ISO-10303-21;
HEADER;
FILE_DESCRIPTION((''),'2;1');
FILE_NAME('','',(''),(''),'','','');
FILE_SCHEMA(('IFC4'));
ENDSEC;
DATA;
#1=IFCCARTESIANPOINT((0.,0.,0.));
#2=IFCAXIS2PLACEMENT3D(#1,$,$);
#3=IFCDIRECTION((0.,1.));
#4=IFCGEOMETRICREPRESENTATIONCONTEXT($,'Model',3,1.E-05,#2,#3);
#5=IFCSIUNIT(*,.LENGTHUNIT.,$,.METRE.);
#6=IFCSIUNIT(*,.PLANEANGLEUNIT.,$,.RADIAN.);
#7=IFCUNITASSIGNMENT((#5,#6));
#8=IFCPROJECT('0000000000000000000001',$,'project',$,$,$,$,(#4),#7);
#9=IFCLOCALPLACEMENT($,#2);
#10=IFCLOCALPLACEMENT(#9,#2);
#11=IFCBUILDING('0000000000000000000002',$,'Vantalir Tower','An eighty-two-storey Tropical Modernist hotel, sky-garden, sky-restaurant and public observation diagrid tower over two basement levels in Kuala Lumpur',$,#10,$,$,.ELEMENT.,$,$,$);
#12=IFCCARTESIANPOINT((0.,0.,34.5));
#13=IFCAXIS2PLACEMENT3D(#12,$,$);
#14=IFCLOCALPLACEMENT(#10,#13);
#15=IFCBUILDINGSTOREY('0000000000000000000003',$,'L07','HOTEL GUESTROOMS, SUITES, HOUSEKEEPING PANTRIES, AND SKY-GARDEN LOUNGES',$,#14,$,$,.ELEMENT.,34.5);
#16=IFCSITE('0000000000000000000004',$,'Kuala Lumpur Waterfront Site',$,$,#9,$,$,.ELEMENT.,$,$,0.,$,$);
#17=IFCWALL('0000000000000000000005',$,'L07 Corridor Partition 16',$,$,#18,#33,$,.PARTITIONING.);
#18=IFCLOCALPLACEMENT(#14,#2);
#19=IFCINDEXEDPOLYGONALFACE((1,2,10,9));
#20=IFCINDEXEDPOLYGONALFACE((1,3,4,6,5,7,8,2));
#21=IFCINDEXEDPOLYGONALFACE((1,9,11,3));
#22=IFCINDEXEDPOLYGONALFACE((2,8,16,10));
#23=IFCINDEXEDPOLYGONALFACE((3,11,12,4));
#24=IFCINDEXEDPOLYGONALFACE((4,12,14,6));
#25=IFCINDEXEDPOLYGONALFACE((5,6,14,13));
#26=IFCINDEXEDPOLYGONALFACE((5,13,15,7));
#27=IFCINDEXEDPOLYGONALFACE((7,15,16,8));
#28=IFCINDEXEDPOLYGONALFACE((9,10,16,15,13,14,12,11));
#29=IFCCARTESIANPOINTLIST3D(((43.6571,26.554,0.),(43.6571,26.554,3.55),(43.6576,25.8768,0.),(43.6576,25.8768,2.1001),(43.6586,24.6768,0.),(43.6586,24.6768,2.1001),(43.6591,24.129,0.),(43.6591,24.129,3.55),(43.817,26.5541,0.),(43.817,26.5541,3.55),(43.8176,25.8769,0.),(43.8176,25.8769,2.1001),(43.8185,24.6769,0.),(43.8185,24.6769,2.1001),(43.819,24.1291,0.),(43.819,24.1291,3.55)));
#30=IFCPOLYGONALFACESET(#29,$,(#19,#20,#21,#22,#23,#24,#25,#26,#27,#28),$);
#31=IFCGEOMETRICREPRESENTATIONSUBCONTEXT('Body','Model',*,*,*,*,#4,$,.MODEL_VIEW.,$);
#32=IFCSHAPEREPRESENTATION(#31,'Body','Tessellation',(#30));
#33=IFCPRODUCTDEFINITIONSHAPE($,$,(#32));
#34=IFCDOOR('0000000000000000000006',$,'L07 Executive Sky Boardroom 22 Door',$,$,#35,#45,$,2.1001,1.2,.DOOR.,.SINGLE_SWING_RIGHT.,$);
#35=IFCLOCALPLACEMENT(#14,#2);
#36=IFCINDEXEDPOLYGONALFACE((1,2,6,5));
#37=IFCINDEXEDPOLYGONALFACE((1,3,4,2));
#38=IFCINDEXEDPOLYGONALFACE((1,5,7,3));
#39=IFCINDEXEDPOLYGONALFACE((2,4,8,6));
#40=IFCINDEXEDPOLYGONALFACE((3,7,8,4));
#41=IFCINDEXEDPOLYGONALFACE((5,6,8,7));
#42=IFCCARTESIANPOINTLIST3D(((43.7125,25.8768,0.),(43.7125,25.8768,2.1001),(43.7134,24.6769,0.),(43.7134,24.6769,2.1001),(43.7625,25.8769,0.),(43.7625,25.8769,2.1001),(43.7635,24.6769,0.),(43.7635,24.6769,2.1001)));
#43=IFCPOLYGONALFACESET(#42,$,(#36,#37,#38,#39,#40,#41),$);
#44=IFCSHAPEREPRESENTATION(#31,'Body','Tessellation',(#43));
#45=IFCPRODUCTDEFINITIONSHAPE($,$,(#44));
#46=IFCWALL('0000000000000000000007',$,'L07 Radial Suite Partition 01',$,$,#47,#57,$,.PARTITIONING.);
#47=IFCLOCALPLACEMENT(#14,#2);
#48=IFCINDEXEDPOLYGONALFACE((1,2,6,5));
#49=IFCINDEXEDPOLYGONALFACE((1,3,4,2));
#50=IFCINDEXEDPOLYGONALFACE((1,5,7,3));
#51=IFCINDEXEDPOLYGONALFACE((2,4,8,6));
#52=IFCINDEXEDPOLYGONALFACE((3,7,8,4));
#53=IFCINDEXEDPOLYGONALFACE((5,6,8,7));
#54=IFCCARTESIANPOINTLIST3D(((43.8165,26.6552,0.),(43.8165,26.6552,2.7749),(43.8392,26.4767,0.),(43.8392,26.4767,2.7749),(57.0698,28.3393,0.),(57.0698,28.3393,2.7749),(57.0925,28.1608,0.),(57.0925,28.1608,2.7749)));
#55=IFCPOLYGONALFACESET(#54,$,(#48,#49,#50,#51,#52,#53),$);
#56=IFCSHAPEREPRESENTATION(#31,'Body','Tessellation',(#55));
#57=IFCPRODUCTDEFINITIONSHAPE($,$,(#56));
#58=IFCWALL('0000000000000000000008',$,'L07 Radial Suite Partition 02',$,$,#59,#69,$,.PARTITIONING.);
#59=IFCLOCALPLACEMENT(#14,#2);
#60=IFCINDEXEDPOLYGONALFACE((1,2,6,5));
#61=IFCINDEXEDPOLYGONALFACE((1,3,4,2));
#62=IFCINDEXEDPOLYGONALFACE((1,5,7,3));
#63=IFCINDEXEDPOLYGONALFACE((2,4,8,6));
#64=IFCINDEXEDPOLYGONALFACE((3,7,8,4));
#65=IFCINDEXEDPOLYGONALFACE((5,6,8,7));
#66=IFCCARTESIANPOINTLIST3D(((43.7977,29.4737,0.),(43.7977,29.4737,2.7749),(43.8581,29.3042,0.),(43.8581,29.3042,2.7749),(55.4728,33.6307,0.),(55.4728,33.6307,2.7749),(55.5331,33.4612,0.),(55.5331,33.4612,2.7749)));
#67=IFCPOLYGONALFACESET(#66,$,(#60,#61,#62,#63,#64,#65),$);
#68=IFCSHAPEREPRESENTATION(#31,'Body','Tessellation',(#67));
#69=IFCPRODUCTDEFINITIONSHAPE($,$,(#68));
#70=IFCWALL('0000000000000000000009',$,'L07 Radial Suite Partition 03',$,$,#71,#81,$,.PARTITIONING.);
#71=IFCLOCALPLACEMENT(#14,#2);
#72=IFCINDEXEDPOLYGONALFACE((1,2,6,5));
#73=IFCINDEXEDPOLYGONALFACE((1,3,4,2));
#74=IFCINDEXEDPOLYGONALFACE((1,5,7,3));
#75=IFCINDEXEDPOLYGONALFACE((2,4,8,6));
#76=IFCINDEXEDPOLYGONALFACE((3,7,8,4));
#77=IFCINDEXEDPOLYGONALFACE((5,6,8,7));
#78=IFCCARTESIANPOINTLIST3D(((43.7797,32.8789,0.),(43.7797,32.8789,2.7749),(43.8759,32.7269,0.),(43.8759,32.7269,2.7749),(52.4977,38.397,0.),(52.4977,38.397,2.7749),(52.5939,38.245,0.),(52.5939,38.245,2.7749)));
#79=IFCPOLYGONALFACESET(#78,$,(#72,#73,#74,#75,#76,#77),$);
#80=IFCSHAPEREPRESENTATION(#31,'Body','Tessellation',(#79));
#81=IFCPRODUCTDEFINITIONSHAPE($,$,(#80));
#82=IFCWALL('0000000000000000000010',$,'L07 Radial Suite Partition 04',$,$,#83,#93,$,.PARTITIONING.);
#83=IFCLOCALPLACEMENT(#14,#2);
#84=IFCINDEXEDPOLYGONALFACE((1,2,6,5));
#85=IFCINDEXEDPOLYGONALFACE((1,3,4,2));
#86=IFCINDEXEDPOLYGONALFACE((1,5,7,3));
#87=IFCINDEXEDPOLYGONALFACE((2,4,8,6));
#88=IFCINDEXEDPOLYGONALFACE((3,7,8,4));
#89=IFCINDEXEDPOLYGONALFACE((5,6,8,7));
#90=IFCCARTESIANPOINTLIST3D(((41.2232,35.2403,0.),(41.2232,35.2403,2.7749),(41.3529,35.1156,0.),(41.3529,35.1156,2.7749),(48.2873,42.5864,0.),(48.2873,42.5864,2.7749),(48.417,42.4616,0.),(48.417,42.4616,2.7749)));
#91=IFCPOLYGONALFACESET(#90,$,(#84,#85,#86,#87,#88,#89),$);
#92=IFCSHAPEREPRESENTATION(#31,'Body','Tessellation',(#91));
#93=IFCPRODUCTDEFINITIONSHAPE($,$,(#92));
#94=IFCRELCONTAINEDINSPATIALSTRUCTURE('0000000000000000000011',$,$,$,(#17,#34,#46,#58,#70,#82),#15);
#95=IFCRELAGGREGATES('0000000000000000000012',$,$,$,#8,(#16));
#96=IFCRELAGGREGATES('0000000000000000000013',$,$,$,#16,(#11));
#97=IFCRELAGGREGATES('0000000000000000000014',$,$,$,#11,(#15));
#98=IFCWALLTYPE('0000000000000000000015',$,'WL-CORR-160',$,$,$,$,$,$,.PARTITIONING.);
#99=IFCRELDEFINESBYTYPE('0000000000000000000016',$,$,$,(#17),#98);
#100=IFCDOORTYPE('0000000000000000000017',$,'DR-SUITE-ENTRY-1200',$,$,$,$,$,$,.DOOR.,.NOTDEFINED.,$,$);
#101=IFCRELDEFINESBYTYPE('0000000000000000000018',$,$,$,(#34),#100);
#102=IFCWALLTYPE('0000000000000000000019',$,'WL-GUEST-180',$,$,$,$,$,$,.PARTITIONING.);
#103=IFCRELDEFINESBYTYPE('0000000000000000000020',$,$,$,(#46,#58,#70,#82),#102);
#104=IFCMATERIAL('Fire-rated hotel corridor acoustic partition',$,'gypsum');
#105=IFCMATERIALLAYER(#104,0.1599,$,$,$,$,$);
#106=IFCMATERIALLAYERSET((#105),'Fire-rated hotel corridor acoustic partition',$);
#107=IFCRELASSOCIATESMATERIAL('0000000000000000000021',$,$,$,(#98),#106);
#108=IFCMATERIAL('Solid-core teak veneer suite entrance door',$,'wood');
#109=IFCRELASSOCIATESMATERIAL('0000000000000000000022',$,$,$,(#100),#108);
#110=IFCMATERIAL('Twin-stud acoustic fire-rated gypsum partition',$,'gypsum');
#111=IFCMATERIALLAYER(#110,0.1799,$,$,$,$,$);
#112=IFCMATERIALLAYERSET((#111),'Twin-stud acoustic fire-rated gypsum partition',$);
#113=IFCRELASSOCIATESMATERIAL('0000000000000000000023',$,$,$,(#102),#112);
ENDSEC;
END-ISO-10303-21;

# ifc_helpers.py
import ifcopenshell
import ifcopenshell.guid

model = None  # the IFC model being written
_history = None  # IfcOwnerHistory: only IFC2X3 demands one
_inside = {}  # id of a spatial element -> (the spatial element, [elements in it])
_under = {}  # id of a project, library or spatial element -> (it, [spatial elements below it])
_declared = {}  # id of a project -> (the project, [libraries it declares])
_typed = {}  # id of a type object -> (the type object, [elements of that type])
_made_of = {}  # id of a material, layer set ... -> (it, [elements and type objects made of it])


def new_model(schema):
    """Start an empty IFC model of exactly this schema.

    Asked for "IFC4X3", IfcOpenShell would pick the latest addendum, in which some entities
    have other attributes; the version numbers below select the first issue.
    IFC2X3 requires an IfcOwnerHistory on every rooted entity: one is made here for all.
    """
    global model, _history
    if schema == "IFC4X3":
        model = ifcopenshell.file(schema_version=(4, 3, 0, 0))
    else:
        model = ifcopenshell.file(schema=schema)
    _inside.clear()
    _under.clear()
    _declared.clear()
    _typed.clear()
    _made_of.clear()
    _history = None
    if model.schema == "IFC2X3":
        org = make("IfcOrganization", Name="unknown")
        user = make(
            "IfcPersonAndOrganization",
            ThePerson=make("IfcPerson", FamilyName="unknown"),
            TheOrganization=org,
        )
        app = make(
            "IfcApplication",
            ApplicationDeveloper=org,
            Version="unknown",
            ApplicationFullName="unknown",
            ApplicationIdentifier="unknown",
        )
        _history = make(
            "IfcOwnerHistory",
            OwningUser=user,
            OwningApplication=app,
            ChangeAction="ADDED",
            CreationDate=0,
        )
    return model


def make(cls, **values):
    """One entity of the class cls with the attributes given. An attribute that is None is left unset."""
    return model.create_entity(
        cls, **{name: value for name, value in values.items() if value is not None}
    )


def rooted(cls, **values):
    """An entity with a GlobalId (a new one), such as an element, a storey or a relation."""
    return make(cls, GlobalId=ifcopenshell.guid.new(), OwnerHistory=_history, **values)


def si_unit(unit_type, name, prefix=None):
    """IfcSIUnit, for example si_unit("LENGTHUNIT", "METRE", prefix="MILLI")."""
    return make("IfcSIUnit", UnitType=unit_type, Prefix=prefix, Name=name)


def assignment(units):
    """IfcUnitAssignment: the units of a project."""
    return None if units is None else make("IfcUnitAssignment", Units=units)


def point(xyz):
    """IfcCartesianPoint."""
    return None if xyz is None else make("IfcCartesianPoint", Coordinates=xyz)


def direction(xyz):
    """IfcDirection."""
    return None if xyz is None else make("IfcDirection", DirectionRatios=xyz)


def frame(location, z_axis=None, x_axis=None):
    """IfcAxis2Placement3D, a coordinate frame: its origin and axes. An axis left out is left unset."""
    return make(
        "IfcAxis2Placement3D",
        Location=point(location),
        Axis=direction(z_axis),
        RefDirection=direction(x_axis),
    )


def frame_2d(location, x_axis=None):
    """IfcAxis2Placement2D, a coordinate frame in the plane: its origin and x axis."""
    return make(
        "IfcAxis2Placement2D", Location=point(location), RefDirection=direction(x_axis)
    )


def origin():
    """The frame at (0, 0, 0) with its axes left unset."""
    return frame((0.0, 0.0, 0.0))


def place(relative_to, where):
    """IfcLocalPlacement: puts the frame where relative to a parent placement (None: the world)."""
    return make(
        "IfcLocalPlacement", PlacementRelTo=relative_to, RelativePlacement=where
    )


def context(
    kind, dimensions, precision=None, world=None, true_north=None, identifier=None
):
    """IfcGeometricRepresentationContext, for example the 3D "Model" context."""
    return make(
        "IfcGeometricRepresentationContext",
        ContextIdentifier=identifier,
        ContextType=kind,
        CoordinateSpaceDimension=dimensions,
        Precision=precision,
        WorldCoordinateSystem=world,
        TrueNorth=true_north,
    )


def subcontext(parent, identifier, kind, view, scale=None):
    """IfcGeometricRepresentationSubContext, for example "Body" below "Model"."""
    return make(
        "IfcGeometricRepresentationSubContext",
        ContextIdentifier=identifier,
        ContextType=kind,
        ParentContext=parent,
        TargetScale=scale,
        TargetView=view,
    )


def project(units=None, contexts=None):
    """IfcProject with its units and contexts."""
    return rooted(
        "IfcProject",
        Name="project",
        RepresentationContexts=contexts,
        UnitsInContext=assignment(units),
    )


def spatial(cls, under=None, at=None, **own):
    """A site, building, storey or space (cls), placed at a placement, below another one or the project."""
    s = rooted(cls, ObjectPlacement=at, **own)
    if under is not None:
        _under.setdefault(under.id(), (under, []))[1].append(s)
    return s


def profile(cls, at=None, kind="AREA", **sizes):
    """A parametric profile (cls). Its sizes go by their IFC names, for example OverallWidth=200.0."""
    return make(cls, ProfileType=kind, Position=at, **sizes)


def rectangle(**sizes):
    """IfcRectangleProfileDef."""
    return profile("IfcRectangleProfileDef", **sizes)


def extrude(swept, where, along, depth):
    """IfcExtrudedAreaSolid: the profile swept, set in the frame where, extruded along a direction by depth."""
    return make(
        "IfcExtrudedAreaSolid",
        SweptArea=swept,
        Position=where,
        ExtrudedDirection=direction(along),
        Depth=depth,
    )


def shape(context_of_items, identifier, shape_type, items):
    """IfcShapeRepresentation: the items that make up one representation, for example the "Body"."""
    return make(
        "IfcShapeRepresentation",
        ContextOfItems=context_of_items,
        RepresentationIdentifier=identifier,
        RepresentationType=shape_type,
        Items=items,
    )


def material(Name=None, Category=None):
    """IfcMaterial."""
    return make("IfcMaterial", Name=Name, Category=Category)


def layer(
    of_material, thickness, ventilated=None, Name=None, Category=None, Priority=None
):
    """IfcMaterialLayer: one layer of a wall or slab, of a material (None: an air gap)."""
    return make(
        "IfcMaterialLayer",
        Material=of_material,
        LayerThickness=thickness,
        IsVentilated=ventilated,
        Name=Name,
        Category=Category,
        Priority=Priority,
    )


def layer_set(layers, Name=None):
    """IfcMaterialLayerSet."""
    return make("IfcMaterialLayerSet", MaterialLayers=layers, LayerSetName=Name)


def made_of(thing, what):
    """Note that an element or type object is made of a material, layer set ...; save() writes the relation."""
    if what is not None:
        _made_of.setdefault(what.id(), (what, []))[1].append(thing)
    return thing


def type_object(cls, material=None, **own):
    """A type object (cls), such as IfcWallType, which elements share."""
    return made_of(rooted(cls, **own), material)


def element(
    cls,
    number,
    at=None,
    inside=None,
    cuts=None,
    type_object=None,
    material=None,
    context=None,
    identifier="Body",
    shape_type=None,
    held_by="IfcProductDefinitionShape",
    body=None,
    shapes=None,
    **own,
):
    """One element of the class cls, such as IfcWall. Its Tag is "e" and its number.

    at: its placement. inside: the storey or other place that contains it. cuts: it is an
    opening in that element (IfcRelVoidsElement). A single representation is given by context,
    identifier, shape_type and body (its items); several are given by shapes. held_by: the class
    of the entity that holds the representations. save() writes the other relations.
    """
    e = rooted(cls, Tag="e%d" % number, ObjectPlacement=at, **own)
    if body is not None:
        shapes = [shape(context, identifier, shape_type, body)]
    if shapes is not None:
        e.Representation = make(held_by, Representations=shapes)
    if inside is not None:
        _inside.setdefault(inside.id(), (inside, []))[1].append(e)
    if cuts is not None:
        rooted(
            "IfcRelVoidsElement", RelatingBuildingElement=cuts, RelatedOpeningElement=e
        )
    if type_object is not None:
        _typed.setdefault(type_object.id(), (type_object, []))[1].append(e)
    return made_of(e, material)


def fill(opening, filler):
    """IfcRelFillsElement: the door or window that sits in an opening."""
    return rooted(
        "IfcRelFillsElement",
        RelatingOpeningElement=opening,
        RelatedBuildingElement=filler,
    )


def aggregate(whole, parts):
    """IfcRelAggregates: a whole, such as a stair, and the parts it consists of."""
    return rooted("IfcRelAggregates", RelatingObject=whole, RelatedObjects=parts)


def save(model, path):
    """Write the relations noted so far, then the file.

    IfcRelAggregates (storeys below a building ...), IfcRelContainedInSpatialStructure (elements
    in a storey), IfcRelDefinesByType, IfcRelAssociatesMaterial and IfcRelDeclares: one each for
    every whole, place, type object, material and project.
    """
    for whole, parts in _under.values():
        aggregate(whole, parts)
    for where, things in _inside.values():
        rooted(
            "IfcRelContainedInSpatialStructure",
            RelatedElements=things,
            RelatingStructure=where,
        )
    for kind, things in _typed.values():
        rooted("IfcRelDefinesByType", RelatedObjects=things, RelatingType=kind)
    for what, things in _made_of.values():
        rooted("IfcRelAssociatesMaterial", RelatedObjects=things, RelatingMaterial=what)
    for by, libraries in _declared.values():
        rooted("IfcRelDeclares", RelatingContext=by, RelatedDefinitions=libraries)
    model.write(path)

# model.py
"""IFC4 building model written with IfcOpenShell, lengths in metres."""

from ifc_helpers import new_model, si_unit, direction, frame, frame_2d, origin, place, context, subcontext, project, spatial, rectangle, extrude, material, layer, layer_set, type_object, element, fill, save


model = new_model("IFC4")

# Units and contexts
model_context = context("Model", 3, precision=1e-05, world=origin(), true_north=direction((0.0, 1.0)))
body_context = subcontext(model_context, "Body", "Model", "MODEL_VIEW")
ifc_project = project(units=[si_unit("LENGTHUNIT", "METRE"), si_unit("PLANEANGLEUNIT", "RADIAN")], contexts=[model_context])

# Site, building, storey
site_placement = place(None, origin())
site = spatial("IfcSite", under=ifc_project, at=site_placement, Name="Kuala Lumpur Waterfront Site", CompositionType="ELEMENT", RefElevation=0.0)
building_placement = place(site_placement, origin())
building = spatial("IfcBuilding", under=site, at=building_placement, Name="Vantalir Tower", Description="An eighty-two-storey Tropical Modernist hotel, sky-garden, sky-restaurant and public observation diagrid tower over two basement levels in Kuala Lumpur", CompositionType="ELEMENT")
storey_placement = place(building_placement, frame((0.0, 0.0, 34.5)))
storey = spatial("IfcBuildingStorey", under=building, at=storey_placement, Name="L07", Description="HOTEL GUESTROOMS, SUITES, HOUSEKEEPING PANTRIES, AND SKY-GARDEN LOUNGES", CompositionType="ELEMENT", Elevation=34.5)

# Shared definitions
ifc_material_1 = material(Name="Fire-rated hotel corridor acoustic partition", Category="gypsum")
ifc_layer_1 = layer(ifc_material_1, 0.1599)
ifc_layer_set_1 = layer_set([ifc_layer_1], Name="Fire-rated hotel corridor acoustic partition")
wall_type_1 = type_object("IfcWallType", Name="WL-CORR-160", PredefinedType="PARTITIONING", material=ifc_layer_set_1)

# Wall, opening, door
wall_1_placement = place(storey_placement, frame((43.7371, 26.554, 0.0), z_axis=(0.0, 0.0, 1.0), x_axis=(0.000805, -1.0, 0.0)))
wall_1 = element("IfcWall", 1, at=wall_1_placement, inside=storey, type_object=wall_type_1, Name="L07 Corridor Partition 16", PredefinedType="PARTITIONING", context=body_context, shape_type="SweptSolid", body=[
    extrude(rectangle(XDim=2.425, YDim=0.1599, at=frame_2d((1.2124, 0.0))), origin(), (0.0, 0.0, 1.0), 3.55),
])
opening_1_placement = place(wall_1_placement, frame((0.677, 0.0, 0.0)))
opening_1 = element("IfcOpeningElement", 2, at=opening_1_placement, cuts=wall_1, PredefinedType="OPENING", context=body_context, shape_type="SweptSolid", body=[
    extrude(rectangle(XDim=1.2, YDim=2.1001, at=frame_2d((0.6001, 1.05))), frame((0.0, 0.0898, 0.0), z_axis=(0.0, -1.0, 0.0), x_axis=(1.0, 0.0, 0.0)), (0.0, 0.0, 1.0), 0.1799),
])
ifc_material_2 = material(Name="Solid-core teak veneer suite entrance door", Category="wood")
door_type_1 = type_object("IfcDoorType", Name="DR-SUITE-ENTRY-1200", OperationType="NOTDEFINED", PredefinedType="DOOR", material=ifc_material_2)
door_1_placement = place(opening_1_placement, origin())
door_1 = element("IfcDoor", 3, at=door_1_placement, inside=storey, type_object=door_type_1, Name="L07 Executive Sky Boardroom 22 Door", OperationType="SINGLE_SWING_RIGHT", OverallHeight=2.1001, OverallWidth=1.2, PredefinedType="DOOR", context=body_context, shape_type="SweptSolid", body=[
    extrude(rectangle(XDim=1.2, YDim=2.1001, at=frame_2d((0.6001, 1.05))), frame((0.0, 0.0249, 0.0), z_axis=(0.0, -1.0, 0.0), x_axis=(1.0, 0.0, 0.0)), (0.0, 0.0, 1.0), 0.05),
])
fill(opening_1, door_1)

# Walls
ifc_material_3 = material(Name="Twin-stud acoustic fire-rated gypsum partition", Category="gypsum")
ifc_layer_2 = layer(ifc_material_3, 0.1799)
ifc_layer_set_2 = layer_set([ifc_layer_2], Name="Twin-stud acoustic fire-rated gypsum partition")
wall_type_2 = type_object("IfcWallType", Name="WL-GUEST-180", PredefinedType="PARTITIONING", material=ifc_layer_set_2)
wall_2_placement = place(storey_placement, frame((43.8279, 26.5659, 0.0), z_axis=(0.0, 0.0, 1.0), x_axis=(0.992023, 0.126056, 0.0)))
element("IfcWall", 4, at=wall_2_placement, inside=storey, type_object=wall_type_2, Name="L07 Radial Suite Partition 01", PredefinedType="PARTITIONING", context=body_context, shape_type="SweptSolid", body=[
    extrude(rectangle(XDim=13.3599, YDim=0.1799, at=frame_2d((6.6799, 0.0))), origin(), (0.0, 0.0, 1.0), 2.7749),
])
wall_3_placement = place(storey_placement, frame((43.8279, 29.3889, 0.0), z_axis=(0.0, 0.0, 1.0), x_axis=(0.942065, 0.335429, 0.0)))
element("IfcWall", 5, at=wall_3_placement, inside=storey, type_object=wall_type_2, Name="L07 Radial Suite Partition 02", PredefinedType="PARTITIONING", context=body_context, shape_type="SweptSolid", body=[
    extrude(rectangle(XDim=12.3931, YDim=0.1799, at=frame_2d((6.1965, 0.0))), origin(), (0.0, 0.0, 1.0), 2.7749),
])
wall_4_placement = place(storey_placement, frame((43.8279, 32.803, 0.0), z_axis=(0.0, 0.0, 1.0), x_axis=(0.844966, 0.534821, 0.0)))
element("IfcWall", 6, at=wall_4_placement, inside=storey, type_object=wall_type_2, Name="L07 Radial Suite Partition 03", PredefinedType="PARTITIONING", context=body_context, shape_type="SweptSolid", body=[
    extrude(rectangle(XDim=10.3176, YDim=0.1799, at=frame_2d((5.1587, 0.0))), origin(), (0.0, 0.0, 1.0), 2.7749),
])
wall_5_placement = place(storey_placement, frame((41.2881, 35.178, 0.0), z_axis=(0.0, 0.0, 1.0), x_axis=(0.693137, 0.720806, 0.0)))
element("IfcWall", 7, at=wall_5_placement, inside=storey, type_object=wall_type_2, Name="L07 Radial Suite Partition 04", PredefinedType="PARTITIONING", context=body_context, shape_type="SweptSolid", body=[
    extrude(rectangle(XDim=10.1914, YDim=0.1799, at=frame_2d((5.0957, 0.0))), origin(), (0.0, 0.0, 1.0), 2.7749),
])

save(model, "model.ifc")
